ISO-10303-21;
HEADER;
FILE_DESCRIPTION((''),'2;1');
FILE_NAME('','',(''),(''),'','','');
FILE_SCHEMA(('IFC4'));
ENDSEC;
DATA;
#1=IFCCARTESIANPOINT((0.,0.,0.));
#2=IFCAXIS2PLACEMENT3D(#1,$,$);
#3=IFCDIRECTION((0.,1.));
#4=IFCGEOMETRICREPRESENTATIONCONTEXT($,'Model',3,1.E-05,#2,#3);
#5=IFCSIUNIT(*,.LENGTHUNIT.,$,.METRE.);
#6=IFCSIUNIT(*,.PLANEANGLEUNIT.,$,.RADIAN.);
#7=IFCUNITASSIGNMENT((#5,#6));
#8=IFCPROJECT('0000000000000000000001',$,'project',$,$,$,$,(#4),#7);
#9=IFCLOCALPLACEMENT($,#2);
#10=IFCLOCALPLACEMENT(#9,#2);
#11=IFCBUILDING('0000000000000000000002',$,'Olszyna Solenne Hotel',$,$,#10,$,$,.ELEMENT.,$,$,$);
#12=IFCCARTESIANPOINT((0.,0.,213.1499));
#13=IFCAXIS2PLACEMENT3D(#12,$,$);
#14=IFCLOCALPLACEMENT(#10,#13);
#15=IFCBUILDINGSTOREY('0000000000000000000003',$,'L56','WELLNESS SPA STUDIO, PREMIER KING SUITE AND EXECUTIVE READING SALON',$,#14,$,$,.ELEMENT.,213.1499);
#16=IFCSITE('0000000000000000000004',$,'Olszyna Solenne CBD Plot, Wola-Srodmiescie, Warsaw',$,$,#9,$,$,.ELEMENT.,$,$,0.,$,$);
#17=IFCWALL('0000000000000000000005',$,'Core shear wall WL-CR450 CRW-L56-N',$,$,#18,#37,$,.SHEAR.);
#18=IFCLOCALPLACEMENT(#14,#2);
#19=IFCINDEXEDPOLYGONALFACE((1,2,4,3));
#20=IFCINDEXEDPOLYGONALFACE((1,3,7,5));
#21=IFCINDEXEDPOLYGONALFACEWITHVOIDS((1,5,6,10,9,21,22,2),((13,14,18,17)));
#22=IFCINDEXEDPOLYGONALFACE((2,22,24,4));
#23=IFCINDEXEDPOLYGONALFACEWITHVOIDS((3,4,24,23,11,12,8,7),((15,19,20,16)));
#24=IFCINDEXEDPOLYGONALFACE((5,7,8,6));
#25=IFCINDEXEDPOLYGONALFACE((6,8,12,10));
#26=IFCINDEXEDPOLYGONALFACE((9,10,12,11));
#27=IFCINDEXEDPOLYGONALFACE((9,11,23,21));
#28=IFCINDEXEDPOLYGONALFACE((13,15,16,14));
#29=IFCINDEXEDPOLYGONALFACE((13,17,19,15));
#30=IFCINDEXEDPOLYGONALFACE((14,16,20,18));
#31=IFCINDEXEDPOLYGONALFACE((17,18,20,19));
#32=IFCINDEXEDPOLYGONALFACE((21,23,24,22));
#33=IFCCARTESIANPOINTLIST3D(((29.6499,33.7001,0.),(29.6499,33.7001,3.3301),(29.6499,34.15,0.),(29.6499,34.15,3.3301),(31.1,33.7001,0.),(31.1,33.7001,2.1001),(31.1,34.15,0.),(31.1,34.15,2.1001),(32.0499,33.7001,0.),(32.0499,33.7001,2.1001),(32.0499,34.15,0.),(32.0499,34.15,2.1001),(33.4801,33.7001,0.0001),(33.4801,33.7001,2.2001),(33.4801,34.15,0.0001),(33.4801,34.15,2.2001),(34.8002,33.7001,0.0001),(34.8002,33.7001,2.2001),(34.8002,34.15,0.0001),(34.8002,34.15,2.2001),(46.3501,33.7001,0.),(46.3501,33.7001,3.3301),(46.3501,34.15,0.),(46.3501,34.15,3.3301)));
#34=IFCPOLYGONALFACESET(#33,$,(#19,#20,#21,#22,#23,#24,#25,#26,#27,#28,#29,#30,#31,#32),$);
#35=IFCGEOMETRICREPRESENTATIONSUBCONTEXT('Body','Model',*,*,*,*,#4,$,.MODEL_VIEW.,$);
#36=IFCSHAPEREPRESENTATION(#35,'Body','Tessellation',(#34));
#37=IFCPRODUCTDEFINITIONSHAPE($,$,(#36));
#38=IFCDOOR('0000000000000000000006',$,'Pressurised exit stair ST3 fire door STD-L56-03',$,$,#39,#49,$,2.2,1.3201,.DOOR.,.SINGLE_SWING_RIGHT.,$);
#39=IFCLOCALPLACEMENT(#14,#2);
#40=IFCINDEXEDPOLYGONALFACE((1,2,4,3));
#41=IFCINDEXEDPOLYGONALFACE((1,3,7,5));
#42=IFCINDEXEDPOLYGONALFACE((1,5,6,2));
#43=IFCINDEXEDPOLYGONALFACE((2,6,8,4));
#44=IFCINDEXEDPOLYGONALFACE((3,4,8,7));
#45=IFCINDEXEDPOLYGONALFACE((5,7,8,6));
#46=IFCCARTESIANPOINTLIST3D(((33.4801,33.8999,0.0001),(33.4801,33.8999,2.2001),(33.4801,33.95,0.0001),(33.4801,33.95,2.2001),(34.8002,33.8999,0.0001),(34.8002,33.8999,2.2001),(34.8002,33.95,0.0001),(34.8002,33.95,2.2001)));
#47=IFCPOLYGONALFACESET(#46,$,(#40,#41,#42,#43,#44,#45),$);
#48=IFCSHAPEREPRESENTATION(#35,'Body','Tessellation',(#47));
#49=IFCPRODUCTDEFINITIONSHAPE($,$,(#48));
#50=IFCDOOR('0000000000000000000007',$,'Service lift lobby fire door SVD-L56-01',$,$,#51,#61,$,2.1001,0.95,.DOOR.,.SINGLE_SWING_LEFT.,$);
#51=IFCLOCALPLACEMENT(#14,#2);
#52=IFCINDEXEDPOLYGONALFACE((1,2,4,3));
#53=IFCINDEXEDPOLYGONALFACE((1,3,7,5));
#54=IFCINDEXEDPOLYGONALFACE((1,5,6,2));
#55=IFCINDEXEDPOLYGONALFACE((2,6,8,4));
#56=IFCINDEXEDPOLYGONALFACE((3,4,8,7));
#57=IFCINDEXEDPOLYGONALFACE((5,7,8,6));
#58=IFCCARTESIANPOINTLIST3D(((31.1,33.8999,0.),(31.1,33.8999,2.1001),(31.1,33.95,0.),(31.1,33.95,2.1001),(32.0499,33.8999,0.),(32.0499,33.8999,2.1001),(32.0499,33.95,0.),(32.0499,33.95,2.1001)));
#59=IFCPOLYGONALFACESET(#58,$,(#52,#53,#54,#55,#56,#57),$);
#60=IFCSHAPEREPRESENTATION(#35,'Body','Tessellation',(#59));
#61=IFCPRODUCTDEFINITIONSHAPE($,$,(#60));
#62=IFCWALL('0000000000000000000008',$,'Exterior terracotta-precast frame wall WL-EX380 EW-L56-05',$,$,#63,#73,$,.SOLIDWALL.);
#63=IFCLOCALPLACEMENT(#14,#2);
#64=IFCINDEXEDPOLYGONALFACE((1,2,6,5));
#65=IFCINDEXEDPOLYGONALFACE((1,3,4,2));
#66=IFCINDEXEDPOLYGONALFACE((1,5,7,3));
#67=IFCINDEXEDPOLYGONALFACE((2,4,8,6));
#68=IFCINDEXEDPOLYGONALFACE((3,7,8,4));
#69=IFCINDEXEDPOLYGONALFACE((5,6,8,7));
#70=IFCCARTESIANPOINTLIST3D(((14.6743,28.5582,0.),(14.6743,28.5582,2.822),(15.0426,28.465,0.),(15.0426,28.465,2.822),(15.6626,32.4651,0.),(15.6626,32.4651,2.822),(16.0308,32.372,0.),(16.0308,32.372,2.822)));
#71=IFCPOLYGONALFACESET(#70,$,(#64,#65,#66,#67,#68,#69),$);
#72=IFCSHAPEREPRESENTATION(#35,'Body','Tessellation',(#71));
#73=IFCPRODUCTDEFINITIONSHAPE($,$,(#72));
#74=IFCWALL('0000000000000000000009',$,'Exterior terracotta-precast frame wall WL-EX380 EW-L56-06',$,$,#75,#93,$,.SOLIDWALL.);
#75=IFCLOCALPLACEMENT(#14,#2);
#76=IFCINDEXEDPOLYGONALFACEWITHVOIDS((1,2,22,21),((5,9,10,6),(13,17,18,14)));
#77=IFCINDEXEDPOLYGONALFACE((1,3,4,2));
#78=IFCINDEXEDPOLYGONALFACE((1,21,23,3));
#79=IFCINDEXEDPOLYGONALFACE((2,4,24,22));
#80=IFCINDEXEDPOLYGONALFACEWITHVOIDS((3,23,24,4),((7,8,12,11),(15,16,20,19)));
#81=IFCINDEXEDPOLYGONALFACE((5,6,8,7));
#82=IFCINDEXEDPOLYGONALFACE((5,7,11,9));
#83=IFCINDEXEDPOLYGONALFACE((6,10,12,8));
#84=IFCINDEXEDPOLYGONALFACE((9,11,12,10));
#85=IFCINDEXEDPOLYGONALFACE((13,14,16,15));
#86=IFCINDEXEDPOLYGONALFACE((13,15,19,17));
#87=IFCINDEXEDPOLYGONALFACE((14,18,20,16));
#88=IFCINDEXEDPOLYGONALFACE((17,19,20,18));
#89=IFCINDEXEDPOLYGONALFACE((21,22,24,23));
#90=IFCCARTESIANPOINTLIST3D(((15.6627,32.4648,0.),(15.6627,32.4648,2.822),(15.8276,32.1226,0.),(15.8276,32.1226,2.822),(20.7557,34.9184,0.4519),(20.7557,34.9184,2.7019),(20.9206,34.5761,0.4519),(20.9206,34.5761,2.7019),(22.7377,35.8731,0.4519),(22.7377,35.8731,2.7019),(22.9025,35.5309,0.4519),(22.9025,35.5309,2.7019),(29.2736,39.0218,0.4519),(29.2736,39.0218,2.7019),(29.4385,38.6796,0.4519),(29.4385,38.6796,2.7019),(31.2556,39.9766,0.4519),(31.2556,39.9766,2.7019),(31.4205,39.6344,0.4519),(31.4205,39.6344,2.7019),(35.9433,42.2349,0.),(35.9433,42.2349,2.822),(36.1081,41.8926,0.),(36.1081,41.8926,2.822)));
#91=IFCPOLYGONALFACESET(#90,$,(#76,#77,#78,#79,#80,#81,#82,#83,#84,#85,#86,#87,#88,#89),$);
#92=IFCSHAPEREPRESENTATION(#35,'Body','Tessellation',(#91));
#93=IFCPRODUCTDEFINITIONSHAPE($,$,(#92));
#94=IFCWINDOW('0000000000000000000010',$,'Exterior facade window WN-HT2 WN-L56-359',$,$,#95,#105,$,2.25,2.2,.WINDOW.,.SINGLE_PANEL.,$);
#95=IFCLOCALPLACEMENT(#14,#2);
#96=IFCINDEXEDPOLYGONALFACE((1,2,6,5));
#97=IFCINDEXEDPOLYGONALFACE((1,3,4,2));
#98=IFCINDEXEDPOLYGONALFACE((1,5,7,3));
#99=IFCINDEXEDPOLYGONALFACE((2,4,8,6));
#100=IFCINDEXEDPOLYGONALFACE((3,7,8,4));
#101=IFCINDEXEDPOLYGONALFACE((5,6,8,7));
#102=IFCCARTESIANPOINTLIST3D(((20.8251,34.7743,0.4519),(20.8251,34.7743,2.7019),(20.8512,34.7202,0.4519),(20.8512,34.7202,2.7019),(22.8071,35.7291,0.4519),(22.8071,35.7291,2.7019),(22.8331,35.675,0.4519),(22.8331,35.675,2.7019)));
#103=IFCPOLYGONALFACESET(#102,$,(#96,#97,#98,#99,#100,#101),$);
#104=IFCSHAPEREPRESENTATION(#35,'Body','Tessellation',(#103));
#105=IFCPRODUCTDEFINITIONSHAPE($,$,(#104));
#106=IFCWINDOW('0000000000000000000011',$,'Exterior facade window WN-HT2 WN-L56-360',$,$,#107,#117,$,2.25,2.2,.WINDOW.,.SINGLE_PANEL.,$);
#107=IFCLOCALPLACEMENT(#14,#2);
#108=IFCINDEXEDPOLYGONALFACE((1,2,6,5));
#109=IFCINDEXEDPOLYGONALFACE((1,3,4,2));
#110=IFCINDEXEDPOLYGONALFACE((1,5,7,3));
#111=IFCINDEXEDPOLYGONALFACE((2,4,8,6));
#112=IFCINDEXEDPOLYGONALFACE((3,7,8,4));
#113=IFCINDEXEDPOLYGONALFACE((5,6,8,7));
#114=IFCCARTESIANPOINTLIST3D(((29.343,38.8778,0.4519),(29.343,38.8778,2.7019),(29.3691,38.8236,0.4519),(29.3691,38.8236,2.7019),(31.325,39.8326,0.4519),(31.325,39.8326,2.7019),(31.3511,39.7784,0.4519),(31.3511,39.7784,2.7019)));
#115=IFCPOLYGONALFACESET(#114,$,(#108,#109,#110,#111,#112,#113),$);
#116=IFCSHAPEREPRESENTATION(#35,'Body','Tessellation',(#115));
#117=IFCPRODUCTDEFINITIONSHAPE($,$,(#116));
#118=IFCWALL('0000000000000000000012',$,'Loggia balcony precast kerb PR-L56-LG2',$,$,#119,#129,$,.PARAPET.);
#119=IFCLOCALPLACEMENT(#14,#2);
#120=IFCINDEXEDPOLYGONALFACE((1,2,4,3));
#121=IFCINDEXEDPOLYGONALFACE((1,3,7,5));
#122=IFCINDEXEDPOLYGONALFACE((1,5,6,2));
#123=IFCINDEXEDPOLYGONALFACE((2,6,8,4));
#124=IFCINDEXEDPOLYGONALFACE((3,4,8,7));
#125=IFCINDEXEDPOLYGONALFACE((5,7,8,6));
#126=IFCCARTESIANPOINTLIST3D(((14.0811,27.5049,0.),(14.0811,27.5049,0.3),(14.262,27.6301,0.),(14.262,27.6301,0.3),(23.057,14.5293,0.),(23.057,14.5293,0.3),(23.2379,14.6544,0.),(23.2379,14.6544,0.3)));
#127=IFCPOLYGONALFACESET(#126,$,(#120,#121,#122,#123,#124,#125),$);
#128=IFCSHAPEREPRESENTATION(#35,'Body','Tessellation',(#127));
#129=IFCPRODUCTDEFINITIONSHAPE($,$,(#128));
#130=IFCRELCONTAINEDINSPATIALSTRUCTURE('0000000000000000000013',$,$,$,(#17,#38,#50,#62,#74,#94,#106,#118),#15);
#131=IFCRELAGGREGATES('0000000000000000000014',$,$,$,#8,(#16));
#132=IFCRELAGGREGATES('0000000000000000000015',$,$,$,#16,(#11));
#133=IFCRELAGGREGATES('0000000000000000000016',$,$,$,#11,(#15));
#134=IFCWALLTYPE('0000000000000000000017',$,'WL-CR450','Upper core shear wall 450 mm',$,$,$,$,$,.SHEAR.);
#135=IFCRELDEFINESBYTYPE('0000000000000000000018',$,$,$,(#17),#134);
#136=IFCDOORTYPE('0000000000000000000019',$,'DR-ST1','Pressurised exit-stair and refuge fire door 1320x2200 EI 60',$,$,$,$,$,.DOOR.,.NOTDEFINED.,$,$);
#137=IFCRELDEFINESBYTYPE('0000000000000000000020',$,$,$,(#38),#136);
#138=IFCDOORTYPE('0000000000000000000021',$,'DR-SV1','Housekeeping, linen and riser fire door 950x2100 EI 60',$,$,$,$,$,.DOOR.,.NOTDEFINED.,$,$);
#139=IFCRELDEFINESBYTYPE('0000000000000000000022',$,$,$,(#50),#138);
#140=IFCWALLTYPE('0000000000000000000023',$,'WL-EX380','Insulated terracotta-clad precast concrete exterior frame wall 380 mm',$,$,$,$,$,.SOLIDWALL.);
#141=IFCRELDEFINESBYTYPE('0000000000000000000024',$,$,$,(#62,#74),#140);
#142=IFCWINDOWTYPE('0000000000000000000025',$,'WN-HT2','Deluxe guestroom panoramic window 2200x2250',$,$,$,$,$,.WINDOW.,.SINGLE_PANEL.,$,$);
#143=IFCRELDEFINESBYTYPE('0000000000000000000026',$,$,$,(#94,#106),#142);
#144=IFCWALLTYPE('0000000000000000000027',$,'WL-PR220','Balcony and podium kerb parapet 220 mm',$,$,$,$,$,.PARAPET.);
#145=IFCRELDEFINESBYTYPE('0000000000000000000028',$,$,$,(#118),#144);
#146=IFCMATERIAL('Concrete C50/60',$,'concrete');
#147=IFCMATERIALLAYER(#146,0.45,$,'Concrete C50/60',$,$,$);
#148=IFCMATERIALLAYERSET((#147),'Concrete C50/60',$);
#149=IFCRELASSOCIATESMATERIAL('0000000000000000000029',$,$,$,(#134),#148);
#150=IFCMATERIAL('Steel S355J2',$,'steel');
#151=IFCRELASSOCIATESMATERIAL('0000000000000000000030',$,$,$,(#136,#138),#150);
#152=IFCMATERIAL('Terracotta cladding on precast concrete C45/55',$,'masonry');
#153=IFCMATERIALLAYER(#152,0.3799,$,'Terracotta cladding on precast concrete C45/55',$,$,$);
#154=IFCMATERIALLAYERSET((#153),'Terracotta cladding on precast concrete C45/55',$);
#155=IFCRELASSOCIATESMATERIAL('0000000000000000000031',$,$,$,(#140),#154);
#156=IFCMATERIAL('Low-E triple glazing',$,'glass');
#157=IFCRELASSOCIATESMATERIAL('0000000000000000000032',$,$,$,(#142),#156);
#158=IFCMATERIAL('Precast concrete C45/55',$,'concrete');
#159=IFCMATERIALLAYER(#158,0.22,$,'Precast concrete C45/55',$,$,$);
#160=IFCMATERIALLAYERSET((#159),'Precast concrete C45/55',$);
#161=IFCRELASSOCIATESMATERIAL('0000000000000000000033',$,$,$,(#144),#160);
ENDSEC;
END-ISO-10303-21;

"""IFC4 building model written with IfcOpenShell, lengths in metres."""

from ifc_helpers import new_model, si_unit, direction, frame, frame_2d, origin, place, context, subcontext, project, spatial, rectangle, extrude, source, transform, mapped, material, layer, layer_set, type_object, type_shapes, element, fill, save


model = new_model("IFC4")

# Units and contexts
model_context = context("Model", 3, precision=1e-05, world=origin(), true_north=direction((0.0, 1.0)))
body_context = subcontext(model_context, "Body", "Model", "MODEL_VIEW")
ifc_project = project(units=[si_unit("LENGTHUNIT", "METRE"), si_unit("PLANEANGLEUNIT", "RADIAN")], contexts=[model_context])

# Site, building, storey
site_placement = place(None, origin())
site = spatial("IfcSite", under=ifc_project, at=site_placement, Name="Olszyna Solenne CBD Plot, Wola-Srodmiescie, Warsaw", CompositionType="ELEMENT", RefElevation=0.0)
building_placement = place(site_placement, origin())
building = spatial("IfcBuilding", under=site, at=building_placement, Name="Olszyna Solenne Hotel", CompositionType="ELEMENT")
storey_placement = place(building_placement, frame((0.0, 0.0, 213.1499)))
storey = spatial("IfcBuildingStorey", under=building, at=storey_placement, Name="L56", Description="WELLNESS SPA STUDIO, PREMIER KING SUITE AND EXECUTIVE READING SALON", CompositionType="ELEMENT", Elevation=213.1499)

# Shared definitions
ifc_material_1 = material(Name="Steel S355J2", Category="steel")

# Wall, openings, doors
ifc_material_2 = material(Name="Concrete C50/60", Category="concrete")
ifc_layer_1 = layer(ifc_material_2, 0.45, Name="Concrete C50/60")
ifc_layer_set_1 = layer_set([ifc_layer_1], Name="Concrete C50/60")
wall_type_1 = type_object("IfcWallType", Name="WL-CR450", Description="Upper core shear wall 450 mm", PredefinedType="SHEAR", material=ifc_layer_set_1)
wall_1_placement = place(storey_placement, frame((29.6499, 33.925, 0.0), z_axis=(0.0, 0.0, 1.0), x_axis=(1.0, 0.0, 0.0)))
wall_1 = element("IfcWall", 1, at=wall_1_placement, inside=storey, type_object=wall_type_1, Name="Core shear wall WL-CR450 CRW-L56-N", PredefinedType="SHEAR", context=body_context, shape_type="SweptSolid", body=[
    extrude(rectangle(XDim=16.7002, YDim=0.45, at=frame_2d((8.3501, 0.0))), origin(), (0.0, 0.0, 1.0), 3.3301),
])
opening_1_placement = place(wall_1_placement, frame((1.45, 0.0, 0.0)))
opening_1 = element("IfcOpeningElement", 2, at=opening_1_placement, cuts=wall_1, PredefinedType="OPENING", context=body_context, shape_type="SweptSolid", body=[
    extrude(rectangle(XDim=0.95, YDim=2.1001, at=frame_2d((0.4751, 1.05))), frame((0.0, 0.2349, 0.0), z_axis=(0.0, -1.0, 0.0), x_axis=(1.0, 0.0, 0.0)), (0.0, 0.0, 1.0), 0.47),
])
opening_2_placement = place(wall_1_placement, frame((3.8301, 0.0, 0.0)))
opening_2 = element("IfcOpeningElement", 3, at=opening_2_placement, cuts=wall_1, PredefinedType="OPENING", context=body_context, shape_type="SweptSolid", body=[
    extrude(rectangle(XDim=1.3201, YDim=2.2, at=frame_2d((0.6602, 1.1001))), frame((0.0, 0.2349, 0.0), z_axis=(0.0, -1.0, 0.0), x_axis=(1.0, 0.0, 0.0)), (0.0, 0.0, 1.0), 0.47),
])
door_type_1 = type_object("IfcDoorType", Name="DR-ST1", Description="Pressurised exit-stair and refuge fire door 1320x2200 EI 60", OperationType="NOTDEFINED", PredefinedType="DOOR", material=ifc_material_1)
shared_shape_1 = source(origin(), body_context, "Body", "SweptSolid", [
    extrude(rectangle(XDim=1.3201, YDim=2.2, at=frame_2d((0.6602, 1.1001))), frame((0.0, 0.0249, 0.0), z_axis=(0.0, -1.0, 0.0), x_axis=(1.0, 0.0, 0.0)), (0.0, 0.0, 1.0), 0.05),
])
type_shapes(door_type_1, [shared_shape_1])
door_1_placement = place(opening_2_placement, origin())
door_1 = element("IfcDoor", 4, at=door_1_placement, inside=storey, type_object=door_type_1, Name="Pressurised exit stair ST3 fire door STD-L56-03", OperationType="SINGLE_SWING_RIGHT", OverallHeight=2.2, OverallWidth=1.3201, PredefinedType="DOOR", context=body_context, shape_type="MappedRepresentation", body=[
    mapped(shared_shape_1, transform((0.0, 0.0, 0.0), x_axis=(1.0, 0.0, 0.0), y_axis=(0.0, 1.0, 0.0), z_axis=(0.0, 0.0, 1.0), scale=1.0)),
])
fill(opening_2, door_1)
door_type_2 = type_object("IfcDoorType", Name="DR-SV1", Description="Housekeeping, linen and riser fire door 950x2100 EI 60", OperationType="NOTDEFINED", PredefinedType="DOOR", material=ifc_material_1)
shared_shape_2 = source(origin(), body_context, "Body", "SweptSolid", [
    extrude(rectangle(XDim=0.95, YDim=2.1001, at=frame_2d((0.4751, 1.05))), frame((0.0, 0.0249, 0.0), z_axis=(0.0, -1.0, 0.0), x_axis=(1.0, 0.0, 0.0)), (0.0, 0.0, 1.0), 0.05),
])
type_shapes(door_type_2, [shared_shape_2])
door_2_placement = place(opening_1_placement, origin())
door_2 = element("IfcDoor", 5, at=door_2_placement, inside=storey, type_object=door_type_2, Name="Service lift lobby fire door SVD-L56-01", OperationType="SINGLE_SWING_LEFT", OverallHeight=2.1001, OverallWidth=0.95, PredefinedType="DOOR", context=body_context, shape_type="MappedRepresentation", body=[
    mapped(shared_shape_2, transform((0.0, 0.0, 0.0), x_axis=(1.0, 0.0, 0.0), y_axis=(0.0, 1.0, 0.0), z_axis=(0.0, 0.0, 1.0), scale=1.0)),
])
fill(opening_1, door_2)

# Wall
ifc_material_3 = material(Name="Terracotta cladding on precast concrete C45/55", Category="masonry")
ifc_layer_2 = layer(ifc_material_3, 0.3799, Name="Terracotta cladding on precast concrete C45/55")
ifc_layer_set_2 = layer_set([ifc_layer_2], Name="Terracotta cladding on precast concrete C45/55")
wall_type_2 = type_object("IfcWallType", Name="WL-EX380", Description="Insulated terracotta-clad precast concrete exterior frame wall 380 mm", PredefinedType="SOLIDWALL", material=ifc_layer_set_2)
wall_2_placement = place(storey_placement, frame((14.8584, 28.5115, 0.0), z_axis=(0.0, 0.0, 1.0), x_axis=(0.245229, 0.969465, 0.0)))
element("IfcWall", 6, at=wall_2_placement, inside=storey, type_object=wall_type_2, Name="Exterior terracotta-precast frame wall WL-EX380 EW-L56-05", PredefinedType="SOLIDWALL", context=body_context, shape_type="SweptSolid", body=[
    extrude(rectangle(XDim=4.03, YDim=0.3799, at=frame_2d((2.0151, 0.0))), origin(), (0.0, 0.0, 1.0), 2.822),
])

# Wall, openings, windows
wall_3_placement = place(storey_placement, frame((15.7451, 32.2937, 0.0), z_axis=(0.0, 0.0, 1.0), x_axis=(0.900909, 0.434008, 0.0)))
wall_3 = element("IfcWall", 7, at=wall_3_placement, inside=storey, type_object=wall_type_2, Name="Exterior terracotta-precast frame wall WL-EX380 EW-L56-06", PredefinedType="SOLIDWALL", context=body_context, shape_type="SweptSolid", body=[
    extrude(rectangle(XDim=22.5112, YDim=0.3799, at=frame_2d((11.2556, 0.0))), origin(), (0.0, 0.0, 1.0), 2.822),
])
opening_3_placement = place(wall_3_placement, frame((5.6531, 0.0, 0.4519)))
opening_3 = element("IfcOpeningElement", 8, at=opening_3_placement, cuts=wall_3, PredefinedType="OPENING", context=body_context, shape_type="SweptSolid", body=[
    extrude(rectangle(XDim=2.2, YDim=2.25, at=frame_2d((1.1001, 1.125))), frame((0.0, 0.2, 0.0), z_axis=(0.0, -1.0, 0.0), x_axis=(1.0, 0.0, 0.0)), (0.0, 0.0, 1.0), 0.3999),
])
opening_4_placement = place(wall_3_placement, frame((15.1079, 0.0, 0.4519)))
opening_4 = element("IfcOpeningElement", 9, at=opening_4_placement, cuts=wall_3, PredefinedType="OPENING", context=body_context, shape_type="SweptSolid", body=[
    extrude(rectangle(XDim=2.2, YDim=2.25, at=frame_2d((1.1001, 1.125))), frame((0.0, 0.2, 0.0), z_axis=(0.0, -1.0, 0.0), x_axis=(1.0, 0.0, 0.0)), (0.0, 0.0, 1.0), 0.3999),
])
ifc_material_4 = material(Name="Low-E triple glazing", Category="glass")
window_type = type_object("IfcWindowType", Name="WN-HT2", Description="Deluxe guestroom panoramic window 2200x2250", PartitioningType="SINGLE_PANEL", PredefinedType="WINDOW", material=ifc_material_4)
shared_shape_3 = source(origin(), body_context, "Body", "SweptSolid", [
    extrude(rectangle(XDim=2.2, YDim=2.25, at=frame_2d((1.1001, 1.125))), frame((0.0, 0.03, 0.0), z_axis=(0.0, -1.0, 0.0), x_axis=(1.0, 0.0, 0.0)), (0.0, 0.0, 1.0), 0.0601),
])
type_shapes(window_type, [shared_shape_3])
window_1_placement = place(opening_3_placement, origin())
window_1 = element("IfcWindow", 10, at=window_1_placement, inside=storey, type_object=window_type, Name="Exterior facade window WN-HT2 WN-L56-359", OverallHeight=2.25, OverallWidth=2.2, PartitioningType="SINGLE_PANEL", PredefinedType="WINDOW", context=body_context, shape_type="MappedRepresentation", body=[
    mapped(shared_shape_3, transform((0.0, 0.0, 0.0), x_axis=(1.0, 0.0, 0.0), y_axis=(0.0, 1.0, 0.0), z_axis=(0.0, 0.0, 1.0), scale=1.0)),
])
fill(opening_3, window_1)
window_2_placement = place(opening_4_placement, origin())
window_2 = element("IfcWindow", 11, at=window_2_placement, inside=storey, type_object=window_type, Name="Exterior facade window WN-HT2 WN-L56-360", OverallHeight=2.25, OverallWidth=2.2, PartitioningType="SINGLE_PANEL", PredefinedType="WINDOW", context=body_context, shape_type="MappedRepresentation", body=[
    mapped(shared_shape_3, transform((0.0, 0.0, 0.0), x_axis=(1.0, 0.0, 0.0), y_axis=(0.0, 1.0, 0.0), z_axis=(0.0, 0.0, 1.0), scale=1.0)),
])
fill(opening_4, window_2)

# Wall
ifc_material_5 = material(Name="Precast concrete C45/55", Category="concrete")
ifc_layer_3 = layer(ifc_material_5, 0.22, Name="Precast concrete C45/55")
ifc_layer_set_3 = layer_set([ifc_layer_3], Name="Precast concrete C45/55")
wall_type_3 = type_object("IfcWallType", Name="WL-PR220", Description="Balcony and podium kerb parapet 220 mm", PredefinedType="PARAPET", material=ifc_layer_set_3)
wall_4_placement = place(storey_placement, frame((14.1716, 27.5674, 0.0), z_axis=(0.0, 0.0, 1.0), x_axis=(0.568899, -0.822408, 0.0)))
element("IfcWall", 12, at=wall_4_placement, inside=storey, type_object=wall_type_3, Name="Loggia balcony precast kerb PR-L56-LG2", PredefinedType="PARAPET", context=body_context, shape_type="SweptSolid", body=[
    extrude(rectangle(XDim=15.7776, YDim=0.22, at=frame_2d((7.8887, 0.0))), origin(), (0.0, 0.0, 1.0), 0.3),
])

save(model, "model.ifc")
